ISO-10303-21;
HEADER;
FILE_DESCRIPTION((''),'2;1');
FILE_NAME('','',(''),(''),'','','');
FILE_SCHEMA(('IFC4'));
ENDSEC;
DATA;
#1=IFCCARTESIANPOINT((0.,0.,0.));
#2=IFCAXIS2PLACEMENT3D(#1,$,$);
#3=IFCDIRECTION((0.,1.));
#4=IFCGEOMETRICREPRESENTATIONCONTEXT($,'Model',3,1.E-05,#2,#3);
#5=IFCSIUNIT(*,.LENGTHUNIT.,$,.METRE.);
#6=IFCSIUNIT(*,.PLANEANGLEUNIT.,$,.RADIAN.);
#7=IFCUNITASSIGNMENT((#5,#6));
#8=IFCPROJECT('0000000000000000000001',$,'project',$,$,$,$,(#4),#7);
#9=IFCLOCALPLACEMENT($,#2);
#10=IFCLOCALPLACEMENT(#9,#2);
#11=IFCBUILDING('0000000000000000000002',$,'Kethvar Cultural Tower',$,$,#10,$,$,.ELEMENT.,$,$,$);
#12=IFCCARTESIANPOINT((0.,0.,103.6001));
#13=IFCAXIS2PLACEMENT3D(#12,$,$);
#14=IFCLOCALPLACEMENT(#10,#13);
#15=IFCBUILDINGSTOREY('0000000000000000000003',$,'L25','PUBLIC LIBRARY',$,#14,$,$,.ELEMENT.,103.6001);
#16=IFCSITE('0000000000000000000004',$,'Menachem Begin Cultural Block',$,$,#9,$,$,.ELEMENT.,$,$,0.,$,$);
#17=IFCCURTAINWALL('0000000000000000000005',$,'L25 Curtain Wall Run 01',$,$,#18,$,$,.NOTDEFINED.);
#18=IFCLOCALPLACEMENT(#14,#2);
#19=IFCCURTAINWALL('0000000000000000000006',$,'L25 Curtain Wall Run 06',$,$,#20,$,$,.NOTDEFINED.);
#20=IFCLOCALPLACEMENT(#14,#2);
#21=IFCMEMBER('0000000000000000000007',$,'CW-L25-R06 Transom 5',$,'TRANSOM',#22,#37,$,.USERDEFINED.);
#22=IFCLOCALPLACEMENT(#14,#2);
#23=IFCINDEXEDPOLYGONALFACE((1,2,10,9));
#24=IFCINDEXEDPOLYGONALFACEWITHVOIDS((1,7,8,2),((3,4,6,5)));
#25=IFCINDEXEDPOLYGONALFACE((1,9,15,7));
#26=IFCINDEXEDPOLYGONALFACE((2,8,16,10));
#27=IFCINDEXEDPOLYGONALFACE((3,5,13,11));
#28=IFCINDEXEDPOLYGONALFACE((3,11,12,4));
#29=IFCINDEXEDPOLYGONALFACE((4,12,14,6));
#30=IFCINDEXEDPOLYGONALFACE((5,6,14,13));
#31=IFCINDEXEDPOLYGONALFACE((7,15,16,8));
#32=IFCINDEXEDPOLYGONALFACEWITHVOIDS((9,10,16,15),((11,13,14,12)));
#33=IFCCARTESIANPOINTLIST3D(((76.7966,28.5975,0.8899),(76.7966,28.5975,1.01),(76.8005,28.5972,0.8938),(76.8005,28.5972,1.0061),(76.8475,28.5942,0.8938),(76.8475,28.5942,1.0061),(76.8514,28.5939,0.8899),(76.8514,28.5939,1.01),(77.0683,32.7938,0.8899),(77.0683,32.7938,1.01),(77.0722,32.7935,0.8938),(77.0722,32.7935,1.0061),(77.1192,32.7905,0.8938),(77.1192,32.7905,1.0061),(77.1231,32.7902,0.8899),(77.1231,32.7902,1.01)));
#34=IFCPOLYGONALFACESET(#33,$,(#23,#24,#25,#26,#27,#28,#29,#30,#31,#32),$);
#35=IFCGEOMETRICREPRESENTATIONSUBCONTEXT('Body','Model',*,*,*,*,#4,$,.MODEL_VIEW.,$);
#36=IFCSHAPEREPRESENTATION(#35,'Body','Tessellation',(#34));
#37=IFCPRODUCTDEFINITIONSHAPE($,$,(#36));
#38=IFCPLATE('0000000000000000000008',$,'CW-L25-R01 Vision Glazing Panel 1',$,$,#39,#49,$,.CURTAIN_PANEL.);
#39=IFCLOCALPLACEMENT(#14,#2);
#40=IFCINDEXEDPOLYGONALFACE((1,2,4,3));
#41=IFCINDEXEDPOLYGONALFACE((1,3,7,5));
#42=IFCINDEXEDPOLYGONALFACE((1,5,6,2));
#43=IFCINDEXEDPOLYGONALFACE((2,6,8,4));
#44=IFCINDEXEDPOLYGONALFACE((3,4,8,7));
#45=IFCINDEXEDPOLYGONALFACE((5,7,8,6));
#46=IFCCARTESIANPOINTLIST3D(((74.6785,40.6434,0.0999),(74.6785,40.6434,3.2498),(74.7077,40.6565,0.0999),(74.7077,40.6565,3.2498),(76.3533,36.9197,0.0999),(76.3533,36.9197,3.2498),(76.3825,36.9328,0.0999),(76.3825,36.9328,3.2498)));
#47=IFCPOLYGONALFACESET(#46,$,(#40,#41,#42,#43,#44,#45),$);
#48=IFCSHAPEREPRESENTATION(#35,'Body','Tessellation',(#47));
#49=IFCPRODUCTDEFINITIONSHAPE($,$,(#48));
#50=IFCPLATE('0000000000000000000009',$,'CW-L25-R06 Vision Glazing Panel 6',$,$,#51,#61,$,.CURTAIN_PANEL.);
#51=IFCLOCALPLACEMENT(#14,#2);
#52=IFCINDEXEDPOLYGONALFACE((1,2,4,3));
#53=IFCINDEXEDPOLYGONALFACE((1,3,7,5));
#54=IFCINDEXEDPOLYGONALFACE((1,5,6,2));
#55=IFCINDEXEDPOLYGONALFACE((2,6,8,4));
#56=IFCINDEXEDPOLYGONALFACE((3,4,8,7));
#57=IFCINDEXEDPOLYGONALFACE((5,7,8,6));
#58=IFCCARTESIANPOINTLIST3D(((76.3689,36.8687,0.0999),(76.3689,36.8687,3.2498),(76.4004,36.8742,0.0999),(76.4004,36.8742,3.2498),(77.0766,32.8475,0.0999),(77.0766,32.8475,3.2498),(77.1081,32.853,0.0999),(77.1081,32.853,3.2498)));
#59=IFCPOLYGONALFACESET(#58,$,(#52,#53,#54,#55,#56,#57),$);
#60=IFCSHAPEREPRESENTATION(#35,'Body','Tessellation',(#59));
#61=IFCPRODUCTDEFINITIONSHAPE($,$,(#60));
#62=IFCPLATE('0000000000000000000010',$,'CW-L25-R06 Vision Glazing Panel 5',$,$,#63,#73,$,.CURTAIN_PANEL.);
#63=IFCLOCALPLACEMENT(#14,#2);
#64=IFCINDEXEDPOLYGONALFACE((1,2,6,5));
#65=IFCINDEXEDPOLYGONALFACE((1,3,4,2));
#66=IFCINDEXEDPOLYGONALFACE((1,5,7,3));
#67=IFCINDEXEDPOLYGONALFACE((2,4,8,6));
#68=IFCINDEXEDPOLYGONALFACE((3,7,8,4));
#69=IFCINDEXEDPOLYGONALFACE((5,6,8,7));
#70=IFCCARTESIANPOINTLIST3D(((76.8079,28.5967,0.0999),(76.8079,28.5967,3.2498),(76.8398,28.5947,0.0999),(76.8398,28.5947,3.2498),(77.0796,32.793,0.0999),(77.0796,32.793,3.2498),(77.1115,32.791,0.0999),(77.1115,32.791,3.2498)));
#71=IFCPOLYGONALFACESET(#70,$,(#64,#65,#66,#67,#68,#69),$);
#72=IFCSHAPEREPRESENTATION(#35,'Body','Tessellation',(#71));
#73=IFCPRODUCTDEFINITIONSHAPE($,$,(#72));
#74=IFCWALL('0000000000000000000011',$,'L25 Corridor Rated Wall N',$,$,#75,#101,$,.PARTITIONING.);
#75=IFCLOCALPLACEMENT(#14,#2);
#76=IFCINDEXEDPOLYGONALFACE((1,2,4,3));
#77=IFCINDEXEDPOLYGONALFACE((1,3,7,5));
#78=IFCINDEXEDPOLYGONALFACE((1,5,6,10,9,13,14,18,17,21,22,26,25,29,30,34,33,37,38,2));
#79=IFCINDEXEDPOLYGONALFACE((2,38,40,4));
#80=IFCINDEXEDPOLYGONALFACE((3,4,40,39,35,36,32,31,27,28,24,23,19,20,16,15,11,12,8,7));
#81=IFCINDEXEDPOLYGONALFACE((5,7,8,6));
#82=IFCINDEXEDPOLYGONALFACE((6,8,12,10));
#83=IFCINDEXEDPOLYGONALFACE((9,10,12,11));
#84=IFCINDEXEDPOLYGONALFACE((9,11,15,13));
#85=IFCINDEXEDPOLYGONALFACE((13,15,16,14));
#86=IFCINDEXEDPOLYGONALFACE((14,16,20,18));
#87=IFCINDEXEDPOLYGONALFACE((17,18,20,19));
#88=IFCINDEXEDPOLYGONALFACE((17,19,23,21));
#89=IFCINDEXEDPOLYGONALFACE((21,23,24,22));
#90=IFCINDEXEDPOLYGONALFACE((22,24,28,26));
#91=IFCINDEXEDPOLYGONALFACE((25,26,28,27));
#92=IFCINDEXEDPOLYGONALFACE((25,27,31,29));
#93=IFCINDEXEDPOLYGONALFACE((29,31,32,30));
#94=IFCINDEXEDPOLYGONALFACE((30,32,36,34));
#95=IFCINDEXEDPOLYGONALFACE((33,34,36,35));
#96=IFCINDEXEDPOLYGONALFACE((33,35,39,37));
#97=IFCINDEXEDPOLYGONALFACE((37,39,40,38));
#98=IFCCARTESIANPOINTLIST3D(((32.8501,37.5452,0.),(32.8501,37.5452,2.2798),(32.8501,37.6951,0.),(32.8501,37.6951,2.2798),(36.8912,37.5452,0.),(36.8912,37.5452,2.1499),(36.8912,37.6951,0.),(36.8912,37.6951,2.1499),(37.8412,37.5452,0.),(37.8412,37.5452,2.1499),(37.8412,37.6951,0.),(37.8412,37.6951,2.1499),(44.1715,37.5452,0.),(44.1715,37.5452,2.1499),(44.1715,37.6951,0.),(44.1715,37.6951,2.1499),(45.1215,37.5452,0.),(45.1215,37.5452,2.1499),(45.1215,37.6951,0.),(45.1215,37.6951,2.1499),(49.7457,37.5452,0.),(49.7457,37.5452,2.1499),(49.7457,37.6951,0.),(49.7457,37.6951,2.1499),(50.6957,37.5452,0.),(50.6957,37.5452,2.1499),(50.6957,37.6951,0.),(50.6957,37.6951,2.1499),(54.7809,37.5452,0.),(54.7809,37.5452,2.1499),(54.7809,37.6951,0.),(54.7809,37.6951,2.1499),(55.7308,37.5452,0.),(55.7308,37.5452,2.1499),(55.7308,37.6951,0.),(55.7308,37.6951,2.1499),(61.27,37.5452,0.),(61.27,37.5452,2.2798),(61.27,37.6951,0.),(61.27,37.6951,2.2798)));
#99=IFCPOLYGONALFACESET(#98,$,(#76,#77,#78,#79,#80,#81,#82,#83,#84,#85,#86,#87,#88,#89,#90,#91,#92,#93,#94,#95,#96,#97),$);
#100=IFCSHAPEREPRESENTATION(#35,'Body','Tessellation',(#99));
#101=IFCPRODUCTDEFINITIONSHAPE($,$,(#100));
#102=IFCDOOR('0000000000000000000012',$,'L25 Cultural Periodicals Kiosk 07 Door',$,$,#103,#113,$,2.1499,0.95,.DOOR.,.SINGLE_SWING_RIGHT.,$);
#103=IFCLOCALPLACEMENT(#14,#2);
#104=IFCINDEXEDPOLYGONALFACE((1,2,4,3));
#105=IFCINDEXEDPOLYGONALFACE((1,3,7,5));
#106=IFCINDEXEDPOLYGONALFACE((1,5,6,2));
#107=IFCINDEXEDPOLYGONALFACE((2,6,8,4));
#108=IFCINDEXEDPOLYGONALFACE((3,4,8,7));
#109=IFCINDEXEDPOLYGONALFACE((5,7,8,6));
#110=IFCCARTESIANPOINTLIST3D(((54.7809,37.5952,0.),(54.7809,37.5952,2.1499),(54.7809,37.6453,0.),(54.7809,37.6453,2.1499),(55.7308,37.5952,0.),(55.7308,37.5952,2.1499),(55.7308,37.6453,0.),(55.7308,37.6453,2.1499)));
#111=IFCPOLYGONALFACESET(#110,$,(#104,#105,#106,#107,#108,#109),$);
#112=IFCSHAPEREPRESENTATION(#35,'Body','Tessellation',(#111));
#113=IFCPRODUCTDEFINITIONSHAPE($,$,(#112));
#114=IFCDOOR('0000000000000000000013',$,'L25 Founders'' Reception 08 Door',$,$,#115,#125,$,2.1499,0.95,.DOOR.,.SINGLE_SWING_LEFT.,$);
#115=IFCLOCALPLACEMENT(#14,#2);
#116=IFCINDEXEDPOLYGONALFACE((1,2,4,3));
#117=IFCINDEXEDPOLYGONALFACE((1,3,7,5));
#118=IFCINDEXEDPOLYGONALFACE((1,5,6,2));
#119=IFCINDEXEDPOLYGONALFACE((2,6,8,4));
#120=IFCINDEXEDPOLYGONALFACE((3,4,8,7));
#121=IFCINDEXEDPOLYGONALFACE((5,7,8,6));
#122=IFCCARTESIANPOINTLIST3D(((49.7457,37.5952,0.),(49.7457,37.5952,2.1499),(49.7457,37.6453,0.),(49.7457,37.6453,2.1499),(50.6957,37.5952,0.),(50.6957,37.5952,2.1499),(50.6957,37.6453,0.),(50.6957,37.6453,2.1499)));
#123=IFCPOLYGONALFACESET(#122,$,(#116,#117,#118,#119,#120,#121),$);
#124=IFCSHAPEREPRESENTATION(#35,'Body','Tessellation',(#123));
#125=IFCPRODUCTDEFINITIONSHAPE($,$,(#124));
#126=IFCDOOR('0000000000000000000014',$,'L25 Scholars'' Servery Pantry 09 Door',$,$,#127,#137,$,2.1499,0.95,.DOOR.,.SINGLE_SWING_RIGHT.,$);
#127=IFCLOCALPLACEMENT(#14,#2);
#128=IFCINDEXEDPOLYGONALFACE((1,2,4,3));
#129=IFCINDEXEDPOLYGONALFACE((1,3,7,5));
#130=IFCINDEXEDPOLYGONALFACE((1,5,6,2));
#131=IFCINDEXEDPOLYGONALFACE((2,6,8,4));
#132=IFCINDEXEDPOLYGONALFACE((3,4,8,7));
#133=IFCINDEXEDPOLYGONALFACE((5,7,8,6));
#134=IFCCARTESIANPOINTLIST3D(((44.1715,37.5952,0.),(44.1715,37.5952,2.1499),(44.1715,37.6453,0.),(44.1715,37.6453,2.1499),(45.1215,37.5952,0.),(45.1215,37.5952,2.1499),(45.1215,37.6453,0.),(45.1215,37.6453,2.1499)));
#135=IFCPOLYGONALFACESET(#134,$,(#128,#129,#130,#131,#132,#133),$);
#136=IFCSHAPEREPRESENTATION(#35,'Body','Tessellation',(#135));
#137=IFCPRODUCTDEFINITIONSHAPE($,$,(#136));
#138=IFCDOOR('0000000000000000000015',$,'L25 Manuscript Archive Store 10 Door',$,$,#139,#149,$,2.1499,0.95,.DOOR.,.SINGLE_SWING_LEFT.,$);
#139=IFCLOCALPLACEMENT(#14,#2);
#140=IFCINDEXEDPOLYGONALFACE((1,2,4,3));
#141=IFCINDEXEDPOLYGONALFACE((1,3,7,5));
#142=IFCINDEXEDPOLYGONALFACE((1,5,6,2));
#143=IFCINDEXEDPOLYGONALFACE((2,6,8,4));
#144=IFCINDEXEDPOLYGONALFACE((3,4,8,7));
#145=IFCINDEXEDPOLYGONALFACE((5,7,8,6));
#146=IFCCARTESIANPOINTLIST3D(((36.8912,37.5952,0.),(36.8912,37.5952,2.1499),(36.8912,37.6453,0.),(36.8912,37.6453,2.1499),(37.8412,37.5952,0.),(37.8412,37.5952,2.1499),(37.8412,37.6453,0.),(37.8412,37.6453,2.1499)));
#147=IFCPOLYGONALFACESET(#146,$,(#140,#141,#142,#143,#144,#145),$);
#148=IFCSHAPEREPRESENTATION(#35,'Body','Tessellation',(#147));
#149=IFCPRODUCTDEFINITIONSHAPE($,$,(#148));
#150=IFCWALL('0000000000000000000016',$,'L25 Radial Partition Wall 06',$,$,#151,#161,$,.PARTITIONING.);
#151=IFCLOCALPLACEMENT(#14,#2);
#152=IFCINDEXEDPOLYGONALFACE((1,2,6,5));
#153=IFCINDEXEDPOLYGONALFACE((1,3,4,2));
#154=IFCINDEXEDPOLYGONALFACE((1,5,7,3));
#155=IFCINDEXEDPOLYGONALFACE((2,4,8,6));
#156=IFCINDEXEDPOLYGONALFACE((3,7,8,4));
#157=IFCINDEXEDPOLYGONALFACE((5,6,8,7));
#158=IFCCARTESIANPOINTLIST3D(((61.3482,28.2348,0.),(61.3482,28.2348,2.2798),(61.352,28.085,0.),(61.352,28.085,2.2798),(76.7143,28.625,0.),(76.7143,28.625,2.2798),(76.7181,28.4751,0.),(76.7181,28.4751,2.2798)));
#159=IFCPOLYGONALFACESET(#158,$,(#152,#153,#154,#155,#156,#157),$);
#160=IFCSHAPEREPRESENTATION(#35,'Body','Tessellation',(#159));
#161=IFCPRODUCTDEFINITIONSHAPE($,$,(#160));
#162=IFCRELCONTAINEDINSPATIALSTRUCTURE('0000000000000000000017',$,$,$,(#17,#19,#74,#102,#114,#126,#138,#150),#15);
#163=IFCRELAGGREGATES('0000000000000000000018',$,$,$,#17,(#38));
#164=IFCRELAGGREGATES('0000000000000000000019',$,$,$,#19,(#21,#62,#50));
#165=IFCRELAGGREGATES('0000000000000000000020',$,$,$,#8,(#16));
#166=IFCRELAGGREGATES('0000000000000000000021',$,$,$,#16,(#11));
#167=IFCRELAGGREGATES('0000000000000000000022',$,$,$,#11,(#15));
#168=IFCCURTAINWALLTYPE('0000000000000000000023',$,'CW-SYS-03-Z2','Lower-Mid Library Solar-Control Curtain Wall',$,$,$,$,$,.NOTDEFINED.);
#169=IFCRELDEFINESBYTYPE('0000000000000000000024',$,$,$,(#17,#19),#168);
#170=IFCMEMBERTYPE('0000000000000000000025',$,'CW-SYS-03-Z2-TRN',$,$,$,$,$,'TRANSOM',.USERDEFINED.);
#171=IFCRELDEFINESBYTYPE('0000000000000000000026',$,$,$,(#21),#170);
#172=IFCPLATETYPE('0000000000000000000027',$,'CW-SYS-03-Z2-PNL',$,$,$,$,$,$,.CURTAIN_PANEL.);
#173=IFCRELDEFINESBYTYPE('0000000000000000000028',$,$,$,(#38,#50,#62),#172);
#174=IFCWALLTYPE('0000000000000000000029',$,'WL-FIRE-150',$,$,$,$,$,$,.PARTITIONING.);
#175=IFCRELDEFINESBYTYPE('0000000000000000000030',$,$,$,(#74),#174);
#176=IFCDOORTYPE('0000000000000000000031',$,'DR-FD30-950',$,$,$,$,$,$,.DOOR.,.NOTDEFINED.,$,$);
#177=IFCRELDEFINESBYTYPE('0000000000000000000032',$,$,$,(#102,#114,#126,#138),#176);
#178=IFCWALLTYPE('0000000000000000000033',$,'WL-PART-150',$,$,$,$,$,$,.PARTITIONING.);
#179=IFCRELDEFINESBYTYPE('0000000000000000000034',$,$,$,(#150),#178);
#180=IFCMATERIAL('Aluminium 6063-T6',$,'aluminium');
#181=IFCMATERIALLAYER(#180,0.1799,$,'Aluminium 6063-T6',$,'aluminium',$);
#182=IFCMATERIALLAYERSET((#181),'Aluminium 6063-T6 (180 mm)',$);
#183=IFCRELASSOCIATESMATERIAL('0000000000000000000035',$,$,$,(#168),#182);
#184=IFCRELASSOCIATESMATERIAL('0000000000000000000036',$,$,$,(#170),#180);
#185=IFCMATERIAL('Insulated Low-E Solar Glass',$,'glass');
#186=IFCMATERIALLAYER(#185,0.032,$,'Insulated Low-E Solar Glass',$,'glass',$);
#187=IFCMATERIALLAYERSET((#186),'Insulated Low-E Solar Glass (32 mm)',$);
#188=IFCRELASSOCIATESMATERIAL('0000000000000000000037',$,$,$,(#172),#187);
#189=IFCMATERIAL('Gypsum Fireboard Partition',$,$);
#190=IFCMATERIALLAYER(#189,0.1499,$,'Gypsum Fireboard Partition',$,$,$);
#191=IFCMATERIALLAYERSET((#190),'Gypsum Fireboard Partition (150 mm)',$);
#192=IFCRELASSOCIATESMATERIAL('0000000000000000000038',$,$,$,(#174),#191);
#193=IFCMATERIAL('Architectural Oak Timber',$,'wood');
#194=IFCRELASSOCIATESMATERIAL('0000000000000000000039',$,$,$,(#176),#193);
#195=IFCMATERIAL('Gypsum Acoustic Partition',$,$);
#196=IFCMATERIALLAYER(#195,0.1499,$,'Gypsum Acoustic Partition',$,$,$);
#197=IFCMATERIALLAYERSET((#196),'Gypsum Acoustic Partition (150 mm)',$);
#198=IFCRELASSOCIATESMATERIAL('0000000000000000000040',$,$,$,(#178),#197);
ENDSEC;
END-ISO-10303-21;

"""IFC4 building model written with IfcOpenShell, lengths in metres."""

from ifc_helpers import new_model, si_unit, direction, frame, frame_2d, origin, origin_2d, place, context, subcontext, project, spatial, rectangle, hollow_rectangle, extrude, source, transform, mapped, material, layer, layer_set, material_profile, profile_set, type_object, element, fill, aggregate, save


model = new_model("IFC4")

# Units and contexts
model_context = context("Model", 3, precision=1e-05, world=origin(), true_north=direction((0.0, 1.0)))
body_context = subcontext(model_context, "Body", "Model", "MODEL_VIEW")
ifc_project = project(units=[si_unit("LENGTHUNIT", "METRE"), si_unit("PLANEANGLEUNIT", "RADIAN")], contexts=[model_context])

# Site, building, storey
site_placement = place(None, origin())
site = spatial("IfcSite", under=ifc_project, at=site_placement, Name="Menachem Begin Cultural Block", CompositionType="ELEMENT", RefElevation=0.0)
building_placement = place(site_placement, origin())
building = spatial("IfcBuilding", under=site, at=building_placement, Name="Kethvar Cultural Tower", CompositionType="ELEMENT")
storey_placement = place(building_placement, frame((0.0, 0.0, 103.6001)))
storey = spatial("IfcBuildingStorey", under=building, at=storey_placement, Name="L25", Description="PUBLIC LIBRARY", CompositionType="ELEMENT", Elevation=103.6001)

# Curtain walls
ifc_material_1 = material(Name="Aluminium 6063-T6", Category="aluminium")
ifc_layer_1 = layer(ifc_material_1, 0.1799, Name="Aluminium 6063-T6", Category="aluminium")
ifc_layer_set_1 = layer_set([ifc_layer_1], Name="Aluminium 6063-T6 (180 mm)")
curtain_wall_type = type_object("IfcCurtainWallType", Name="CW-SYS-03-Z2", Description="Lower-Mid Library Solar-Control Curtain Wall", PredefinedType="NOTDEFINED", material=ifc_layer_set_1)
curtain_wall_1_placement = place(storey_placement, origin())
curtain_wall_1 = element("IfcCurtainWall", 1, at=curtain_wall_1_placement, inside=storey, type_object=curtain_wall_type, Name="L25 Curtain Wall Run 01", PredefinedType="NOTDEFINED")
curtain_wall_2_placement = place(storey_placement, origin())
curtain_wall_2 = element("IfcCurtainWall", 2, at=curtain_wall_2_placement, inside=storey, type_object=curtain_wall_type, Name="L25 Curtain Wall Run 06", PredefinedType="NOTDEFINED")

# Member
ifc_material_profile_1 = material_profile(ifc_material_1, hollow_rectangle(XDim=0.0549, YDim=0.1201, WallThickness=0.0039, at=origin_2d()), Name="Aluminium 6063-T6 — RHS120x55x4")
ifc_profile_set_1 = profile_set([ifc_material_profile_1], Name="Aluminium 6063-T6 — RHS120x55x4")
member_type_1 = type_object("IfcMemberType", Name="CW-SYS-03-Z2-TRN", ElementType="TRANSOM", PredefinedType="USERDEFINED", material=ifc_profile_set_1)
shared_shape_1 = source(origin(), body_context, "Body", "SweptSolid", [
    extrude(hollow_rectangle(XDim=0.0549, YDim=0.1201, WallThickness=0.0039, at=origin_2d()), origin(), (0.0, 0.0, 1.0), 4.2051),
])
member_1_placement = place(storey_placement, frame((76.824, 28.5957, 0.95), z_axis=(0.064619, 0.99791, 0.0), x_axis=(-0.99791, 0.064619, 0.0)))
member_1 = element("IfcMember", 3, at=member_1_placement, type_object=member_type_1, Name="CW-L25-R06 Transom 5", ObjectType="TRANSOM", PredefinedType="USERDEFINED", context=body_context, shape_type="MappedRepresentation", body=[
    mapped(shared_shape_1, transform((0.0, 0.0, 0.0), scale=1.0)),
])

# Plates
ifc_material_2 = material(Name="Insulated Low-E Solar Glass", Category="glass")
ifc_layer_2 = layer(ifc_material_2, 0.032, Name="Insulated Low-E Solar Glass", Category="glass")
ifc_layer_set_2 = layer_set([ifc_layer_2], Name="Insulated Low-E Solar Glass (32 mm)")
plate_type = type_object("IfcPlateType", Name="CW-SYS-03-Z2-PNL", PredefinedType="CURTAIN_PANEL", material=ifc_layer_set_2)
shared_shape_2 = source(origin(), body_context, "Body", "SweptSolid", [
    extrude(rectangle(XDim=4.083, YDim=0.032, at=origin_2d()), origin(), (0.0, 0.0, 1.0), 3.1499),
])
plate_1_placement = place(storey_placement, frame((75.5305, 38.7881, 0.0999), z_axis=(0.0, 0.0, 1.0), x_axis=(-0.410194, 0.911998, 0.0)))
plate_1 = element("IfcPlate", 4, at=plate_1_placement, type_object=plate_type, Name="CW-L25-R01 Vision Glazing Panel 1", PredefinedType="CURTAIN_PANEL", context=body_context, shape_type="MappedRepresentation", body=[
    mapped(shared_shape_2, transform((0.0, 0.0, 0.0), scale=1.0)),
])
aggregate(curtain_wall_1, [plate_1])
plate_2_placement = place(storey_placement, frame((76.7385, 34.8608, 0.0999), z_axis=(0.0, 0.0, 1.0), x_axis=(-0.173339, 0.984862, 0.0)))
plate_2 = element("IfcPlate", 5, at=plate_2_placement, type_object=plate_type, Name="CW-L25-R06 Vision Glazing Panel 6", PredefinedType="CURTAIN_PANEL", context=body_context, shape_type="MappedRepresentation", body=[
    mapped(shared_shape_2, transform((0.0, 0.0, 0.0), scale=1.0)),
])
shared_shape_3 = source(origin(), body_context, "Body", "SweptSolid", [
    extrude(rectangle(XDim=4.2051, YDim=0.032, at=origin_2d()), origin(), (0.0, 0.0, 1.0), 3.1499),
])
plate_3_placement = place(storey_placement, frame((76.9597, 30.6938, 0.0999), z_axis=(0.0, 0.0, 1.0), x_axis=(0.064602, 0.997911, 0.0)))
plate_3 = element("IfcPlate", 6, at=plate_3_placement, type_object=plate_type, Name="CW-L25-R06 Vision Glazing Panel 5", PredefinedType="CURTAIN_PANEL", context=body_context, shape_type="MappedRepresentation", body=[
    mapped(shared_shape_3, transform((0.0, 0.0, 0.0), scale=1.0)),
])
aggregate(curtain_wall_2, [member_1, plate_3, plate_2])

# Wall, openings, doors
ifc_material_3 = material(Name="Gypsum Fireboard Partition")
ifc_layer_3 = layer(ifc_material_3, 0.1499, Name="Gypsum Fireboard Partition")
ifc_layer_set_3 = layer_set([ifc_layer_3], Name="Gypsum Fireboard Partition (150 mm)")
wall_type_1 = type_object("IfcWallType", Name="WL-FIRE-150", PredefinedType="PARTITIONING", material=ifc_layer_set_3)
wall_1_placement = place(storey_placement, frame((61.27, 37.6201, 0.0), z_axis=(0.0, 0.0, 1.0), x_axis=(-1.0, 0.0, 0.0)))
wall_1 = element("IfcWall", 7, at=wall_1_placement, inside=storey, type_object=wall_type_1, Name="L25 Corridor Rated Wall N", PredefinedType="PARTITIONING", context=body_context, shape_type="SweptSolid", body=[
    extrude(rectangle(XDim=28.4199, YDim=0.1499, at=frame_2d((14.21, 0.0))), origin(), (0.0, 0.0, 1.0), 2.2798),
])
opening_1_placement = place(wall_1_placement, frame((5.5391, 0.0, 0.0)))
opening_1 = element("IfcOpeningElement", 8, at=opening_1_placement, cuts=wall_1, PredefinedType="OPENING", context=body_context, shape_type="SweptSolid", body=[
    extrude(rectangle(XDim=0.95, YDim=2.1499, at=frame_2d((0.4751, 1.075))), frame((0.0, 0.085, 0.0), z_axis=(0.0, -1.0, 0.0), x_axis=(1.0, 0.0, 0.0)), (0.0, 0.0, 1.0), 0.1699),
])
opening_2_placement = place(wall_1_placement, frame((10.5742, 0.0, 0.0)))
opening_2 = element("IfcOpeningElement", 9, at=opening_2_placement, cuts=wall_1, PredefinedType="OPENING", context=body_context, shape_type="SweptSolid", body=[
    extrude(rectangle(XDim=0.95, YDim=2.1499, at=frame_2d((0.4751, 1.075))), frame((0.0, 0.085, 0.0), z_axis=(0.0, -1.0, 0.0), x_axis=(1.0, 0.0, 0.0)), (0.0, 0.0, 1.0), 0.1699),
])
opening_3_placement = place(wall_1_placement, frame((16.1484, 0.0, 0.0)))
opening_3 = element("IfcOpeningElement", 10, at=opening_3_placement, cuts=wall_1, PredefinedType="OPENING", context=body_context, shape_type="SweptSolid", body=[
    extrude(rectangle(XDim=0.95, YDim=2.1499, at=frame_2d((0.4751, 1.075))), frame((0.0, 0.085, 0.0), z_axis=(0.0, -1.0, 0.0), x_axis=(1.0, 0.0, 0.0)), (0.0, 0.0, 1.0), 0.1699),
])
opening_4_placement = place(wall_1_placement, frame((23.4287, 0.0, 0.0)))
opening_4 = element("IfcOpeningElement", 11, at=opening_4_placement, cuts=wall_1, PredefinedType="OPENING", context=body_context, shape_type="SweptSolid", body=[
    extrude(rectangle(XDim=0.95, YDim=2.1499, at=frame_2d((0.4751, 1.075))), frame((0.0, 0.085, 0.0), z_axis=(0.0, -1.0, 0.0), x_axis=(1.0, 0.0, 0.0)), (0.0, 0.0, 1.0), 0.1699),
])
ifc_material_4 = material(Name="Architectural Oak Timber", Category="wood")
door_type = type_object("IfcDoorType", Name="DR-FD30-950", OperationType="NOTDEFINED", PredefinedType="DOOR", material=ifc_material_4)
shared_shape_4 = source(origin(), body_context, "Body", "SweptSolid", [
    extrude(rectangle(XDim=0.95, YDim=2.1499, at=frame_2d((0.4751, 1.075))), frame((0.0, 0.0249, 0.0), z_axis=(0.0, -1.0, 0.0), x_axis=(1.0, 0.0, 0.0)), (0.0, 0.0, 1.0), 0.05),
])
door_1_placement = place(opening_1_placement, origin())
door_1 = element("IfcDoor", 12, at=door_1_placement, inside=storey, type_object=door_type, Name="L25 Cultural Periodicals Kiosk 07 Door", OperationType="SINGLE_SWING_RIGHT", OverallHeight=2.1499, OverallWidth=0.95, PredefinedType="DOOR", context=body_context, shape_type="MappedRepresentation", body=[
    mapped(shared_shape_4, transform((0.0, 0.0, 0.0), scale=1.0)),
])
fill(opening_1, door_1)
door_2_placement = place(opening_2_placement, origin())
door_2 = element("IfcDoor", 13, at=door_2_placement, inside=storey, type_object=door_type, Name="L25 Founders' Reception 08 Door", OperationType="SINGLE_SWING_LEFT", OverallHeight=2.1499, OverallWidth=0.95, PredefinedType="DOOR", context=body_context, shape_type="MappedRepresentation", body=[
    mapped(shared_shape_4, transform((0.0, 0.0, 0.0), scale=1.0)),
])
fill(opening_2, door_2)
door_3_placement = place(opening_3_placement, origin())
door_3 = element("IfcDoor", 14, at=door_3_placement, inside=storey, type_object=door_type, Name="L25 Scholars' Servery Pantry 09 Door", OperationType="SINGLE_SWING_RIGHT", OverallHeight=2.1499, OverallWidth=0.95, PredefinedType="DOOR", context=body_context, shape_type="MappedRepresentation", body=[
    mapped(shared_shape_4, transform((0.0, 0.0, 0.0), scale=1.0)),
])
fill(opening_3, door_3)
door_4_placement = place(opening_4_placement, origin())
door_4 = element("IfcDoor", 15, at=door_4_placement, inside=storey, type_object=door_type, Name="L25 Manuscript Archive Store 10 Door", OperationType="SINGLE_SWING_LEFT", OverallHeight=2.1499, OverallWidth=0.95, PredefinedType="DOOR", context=body_context, shape_type="MappedRepresentation", body=[
    mapped(shared_shape_4, transform((0.0, 0.0, 0.0), scale=1.0)),
])
fill(opening_4, door_4)

# Wall
ifc_material_5 = material(Name="Gypsum Acoustic Partition")
ifc_layer_4 = layer(ifc_material_5, 0.1499, Name="Gypsum Acoustic Partition")
ifc_layer_set_4 = layer_set([ifc_layer_4], Name="Gypsum Acoustic Partition (150 mm)")
wall_type_2 = type_object("IfcWallType", Name="WL-PART-150", PredefinedType="PARTITIONING", material=ifc_layer_set_4)
wall_2_placement = place(storey_placement, frame((61.3501, 28.1599, 0.0), z_axis=(0.0, 0.0, 1.0), x_axis=(0.999678, 0.025381, 0.0)))
element("IfcWall", 16, at=wall_2_placement, inside=storey, type_object=wall_type_2, Name="L25 Radial Partition Wall 06", PredefinedType="PARTITIONING", context=body_context, shape_type="SweptSolid", body=[
    extrude(rectangle(XDim=15.3711, YDim=0.1499, at=frame_2d((7.6855, 0.0))), origin(), (0.0, 0.0, 1.0), 2.2798),
])

save(model, "model.ifc")
